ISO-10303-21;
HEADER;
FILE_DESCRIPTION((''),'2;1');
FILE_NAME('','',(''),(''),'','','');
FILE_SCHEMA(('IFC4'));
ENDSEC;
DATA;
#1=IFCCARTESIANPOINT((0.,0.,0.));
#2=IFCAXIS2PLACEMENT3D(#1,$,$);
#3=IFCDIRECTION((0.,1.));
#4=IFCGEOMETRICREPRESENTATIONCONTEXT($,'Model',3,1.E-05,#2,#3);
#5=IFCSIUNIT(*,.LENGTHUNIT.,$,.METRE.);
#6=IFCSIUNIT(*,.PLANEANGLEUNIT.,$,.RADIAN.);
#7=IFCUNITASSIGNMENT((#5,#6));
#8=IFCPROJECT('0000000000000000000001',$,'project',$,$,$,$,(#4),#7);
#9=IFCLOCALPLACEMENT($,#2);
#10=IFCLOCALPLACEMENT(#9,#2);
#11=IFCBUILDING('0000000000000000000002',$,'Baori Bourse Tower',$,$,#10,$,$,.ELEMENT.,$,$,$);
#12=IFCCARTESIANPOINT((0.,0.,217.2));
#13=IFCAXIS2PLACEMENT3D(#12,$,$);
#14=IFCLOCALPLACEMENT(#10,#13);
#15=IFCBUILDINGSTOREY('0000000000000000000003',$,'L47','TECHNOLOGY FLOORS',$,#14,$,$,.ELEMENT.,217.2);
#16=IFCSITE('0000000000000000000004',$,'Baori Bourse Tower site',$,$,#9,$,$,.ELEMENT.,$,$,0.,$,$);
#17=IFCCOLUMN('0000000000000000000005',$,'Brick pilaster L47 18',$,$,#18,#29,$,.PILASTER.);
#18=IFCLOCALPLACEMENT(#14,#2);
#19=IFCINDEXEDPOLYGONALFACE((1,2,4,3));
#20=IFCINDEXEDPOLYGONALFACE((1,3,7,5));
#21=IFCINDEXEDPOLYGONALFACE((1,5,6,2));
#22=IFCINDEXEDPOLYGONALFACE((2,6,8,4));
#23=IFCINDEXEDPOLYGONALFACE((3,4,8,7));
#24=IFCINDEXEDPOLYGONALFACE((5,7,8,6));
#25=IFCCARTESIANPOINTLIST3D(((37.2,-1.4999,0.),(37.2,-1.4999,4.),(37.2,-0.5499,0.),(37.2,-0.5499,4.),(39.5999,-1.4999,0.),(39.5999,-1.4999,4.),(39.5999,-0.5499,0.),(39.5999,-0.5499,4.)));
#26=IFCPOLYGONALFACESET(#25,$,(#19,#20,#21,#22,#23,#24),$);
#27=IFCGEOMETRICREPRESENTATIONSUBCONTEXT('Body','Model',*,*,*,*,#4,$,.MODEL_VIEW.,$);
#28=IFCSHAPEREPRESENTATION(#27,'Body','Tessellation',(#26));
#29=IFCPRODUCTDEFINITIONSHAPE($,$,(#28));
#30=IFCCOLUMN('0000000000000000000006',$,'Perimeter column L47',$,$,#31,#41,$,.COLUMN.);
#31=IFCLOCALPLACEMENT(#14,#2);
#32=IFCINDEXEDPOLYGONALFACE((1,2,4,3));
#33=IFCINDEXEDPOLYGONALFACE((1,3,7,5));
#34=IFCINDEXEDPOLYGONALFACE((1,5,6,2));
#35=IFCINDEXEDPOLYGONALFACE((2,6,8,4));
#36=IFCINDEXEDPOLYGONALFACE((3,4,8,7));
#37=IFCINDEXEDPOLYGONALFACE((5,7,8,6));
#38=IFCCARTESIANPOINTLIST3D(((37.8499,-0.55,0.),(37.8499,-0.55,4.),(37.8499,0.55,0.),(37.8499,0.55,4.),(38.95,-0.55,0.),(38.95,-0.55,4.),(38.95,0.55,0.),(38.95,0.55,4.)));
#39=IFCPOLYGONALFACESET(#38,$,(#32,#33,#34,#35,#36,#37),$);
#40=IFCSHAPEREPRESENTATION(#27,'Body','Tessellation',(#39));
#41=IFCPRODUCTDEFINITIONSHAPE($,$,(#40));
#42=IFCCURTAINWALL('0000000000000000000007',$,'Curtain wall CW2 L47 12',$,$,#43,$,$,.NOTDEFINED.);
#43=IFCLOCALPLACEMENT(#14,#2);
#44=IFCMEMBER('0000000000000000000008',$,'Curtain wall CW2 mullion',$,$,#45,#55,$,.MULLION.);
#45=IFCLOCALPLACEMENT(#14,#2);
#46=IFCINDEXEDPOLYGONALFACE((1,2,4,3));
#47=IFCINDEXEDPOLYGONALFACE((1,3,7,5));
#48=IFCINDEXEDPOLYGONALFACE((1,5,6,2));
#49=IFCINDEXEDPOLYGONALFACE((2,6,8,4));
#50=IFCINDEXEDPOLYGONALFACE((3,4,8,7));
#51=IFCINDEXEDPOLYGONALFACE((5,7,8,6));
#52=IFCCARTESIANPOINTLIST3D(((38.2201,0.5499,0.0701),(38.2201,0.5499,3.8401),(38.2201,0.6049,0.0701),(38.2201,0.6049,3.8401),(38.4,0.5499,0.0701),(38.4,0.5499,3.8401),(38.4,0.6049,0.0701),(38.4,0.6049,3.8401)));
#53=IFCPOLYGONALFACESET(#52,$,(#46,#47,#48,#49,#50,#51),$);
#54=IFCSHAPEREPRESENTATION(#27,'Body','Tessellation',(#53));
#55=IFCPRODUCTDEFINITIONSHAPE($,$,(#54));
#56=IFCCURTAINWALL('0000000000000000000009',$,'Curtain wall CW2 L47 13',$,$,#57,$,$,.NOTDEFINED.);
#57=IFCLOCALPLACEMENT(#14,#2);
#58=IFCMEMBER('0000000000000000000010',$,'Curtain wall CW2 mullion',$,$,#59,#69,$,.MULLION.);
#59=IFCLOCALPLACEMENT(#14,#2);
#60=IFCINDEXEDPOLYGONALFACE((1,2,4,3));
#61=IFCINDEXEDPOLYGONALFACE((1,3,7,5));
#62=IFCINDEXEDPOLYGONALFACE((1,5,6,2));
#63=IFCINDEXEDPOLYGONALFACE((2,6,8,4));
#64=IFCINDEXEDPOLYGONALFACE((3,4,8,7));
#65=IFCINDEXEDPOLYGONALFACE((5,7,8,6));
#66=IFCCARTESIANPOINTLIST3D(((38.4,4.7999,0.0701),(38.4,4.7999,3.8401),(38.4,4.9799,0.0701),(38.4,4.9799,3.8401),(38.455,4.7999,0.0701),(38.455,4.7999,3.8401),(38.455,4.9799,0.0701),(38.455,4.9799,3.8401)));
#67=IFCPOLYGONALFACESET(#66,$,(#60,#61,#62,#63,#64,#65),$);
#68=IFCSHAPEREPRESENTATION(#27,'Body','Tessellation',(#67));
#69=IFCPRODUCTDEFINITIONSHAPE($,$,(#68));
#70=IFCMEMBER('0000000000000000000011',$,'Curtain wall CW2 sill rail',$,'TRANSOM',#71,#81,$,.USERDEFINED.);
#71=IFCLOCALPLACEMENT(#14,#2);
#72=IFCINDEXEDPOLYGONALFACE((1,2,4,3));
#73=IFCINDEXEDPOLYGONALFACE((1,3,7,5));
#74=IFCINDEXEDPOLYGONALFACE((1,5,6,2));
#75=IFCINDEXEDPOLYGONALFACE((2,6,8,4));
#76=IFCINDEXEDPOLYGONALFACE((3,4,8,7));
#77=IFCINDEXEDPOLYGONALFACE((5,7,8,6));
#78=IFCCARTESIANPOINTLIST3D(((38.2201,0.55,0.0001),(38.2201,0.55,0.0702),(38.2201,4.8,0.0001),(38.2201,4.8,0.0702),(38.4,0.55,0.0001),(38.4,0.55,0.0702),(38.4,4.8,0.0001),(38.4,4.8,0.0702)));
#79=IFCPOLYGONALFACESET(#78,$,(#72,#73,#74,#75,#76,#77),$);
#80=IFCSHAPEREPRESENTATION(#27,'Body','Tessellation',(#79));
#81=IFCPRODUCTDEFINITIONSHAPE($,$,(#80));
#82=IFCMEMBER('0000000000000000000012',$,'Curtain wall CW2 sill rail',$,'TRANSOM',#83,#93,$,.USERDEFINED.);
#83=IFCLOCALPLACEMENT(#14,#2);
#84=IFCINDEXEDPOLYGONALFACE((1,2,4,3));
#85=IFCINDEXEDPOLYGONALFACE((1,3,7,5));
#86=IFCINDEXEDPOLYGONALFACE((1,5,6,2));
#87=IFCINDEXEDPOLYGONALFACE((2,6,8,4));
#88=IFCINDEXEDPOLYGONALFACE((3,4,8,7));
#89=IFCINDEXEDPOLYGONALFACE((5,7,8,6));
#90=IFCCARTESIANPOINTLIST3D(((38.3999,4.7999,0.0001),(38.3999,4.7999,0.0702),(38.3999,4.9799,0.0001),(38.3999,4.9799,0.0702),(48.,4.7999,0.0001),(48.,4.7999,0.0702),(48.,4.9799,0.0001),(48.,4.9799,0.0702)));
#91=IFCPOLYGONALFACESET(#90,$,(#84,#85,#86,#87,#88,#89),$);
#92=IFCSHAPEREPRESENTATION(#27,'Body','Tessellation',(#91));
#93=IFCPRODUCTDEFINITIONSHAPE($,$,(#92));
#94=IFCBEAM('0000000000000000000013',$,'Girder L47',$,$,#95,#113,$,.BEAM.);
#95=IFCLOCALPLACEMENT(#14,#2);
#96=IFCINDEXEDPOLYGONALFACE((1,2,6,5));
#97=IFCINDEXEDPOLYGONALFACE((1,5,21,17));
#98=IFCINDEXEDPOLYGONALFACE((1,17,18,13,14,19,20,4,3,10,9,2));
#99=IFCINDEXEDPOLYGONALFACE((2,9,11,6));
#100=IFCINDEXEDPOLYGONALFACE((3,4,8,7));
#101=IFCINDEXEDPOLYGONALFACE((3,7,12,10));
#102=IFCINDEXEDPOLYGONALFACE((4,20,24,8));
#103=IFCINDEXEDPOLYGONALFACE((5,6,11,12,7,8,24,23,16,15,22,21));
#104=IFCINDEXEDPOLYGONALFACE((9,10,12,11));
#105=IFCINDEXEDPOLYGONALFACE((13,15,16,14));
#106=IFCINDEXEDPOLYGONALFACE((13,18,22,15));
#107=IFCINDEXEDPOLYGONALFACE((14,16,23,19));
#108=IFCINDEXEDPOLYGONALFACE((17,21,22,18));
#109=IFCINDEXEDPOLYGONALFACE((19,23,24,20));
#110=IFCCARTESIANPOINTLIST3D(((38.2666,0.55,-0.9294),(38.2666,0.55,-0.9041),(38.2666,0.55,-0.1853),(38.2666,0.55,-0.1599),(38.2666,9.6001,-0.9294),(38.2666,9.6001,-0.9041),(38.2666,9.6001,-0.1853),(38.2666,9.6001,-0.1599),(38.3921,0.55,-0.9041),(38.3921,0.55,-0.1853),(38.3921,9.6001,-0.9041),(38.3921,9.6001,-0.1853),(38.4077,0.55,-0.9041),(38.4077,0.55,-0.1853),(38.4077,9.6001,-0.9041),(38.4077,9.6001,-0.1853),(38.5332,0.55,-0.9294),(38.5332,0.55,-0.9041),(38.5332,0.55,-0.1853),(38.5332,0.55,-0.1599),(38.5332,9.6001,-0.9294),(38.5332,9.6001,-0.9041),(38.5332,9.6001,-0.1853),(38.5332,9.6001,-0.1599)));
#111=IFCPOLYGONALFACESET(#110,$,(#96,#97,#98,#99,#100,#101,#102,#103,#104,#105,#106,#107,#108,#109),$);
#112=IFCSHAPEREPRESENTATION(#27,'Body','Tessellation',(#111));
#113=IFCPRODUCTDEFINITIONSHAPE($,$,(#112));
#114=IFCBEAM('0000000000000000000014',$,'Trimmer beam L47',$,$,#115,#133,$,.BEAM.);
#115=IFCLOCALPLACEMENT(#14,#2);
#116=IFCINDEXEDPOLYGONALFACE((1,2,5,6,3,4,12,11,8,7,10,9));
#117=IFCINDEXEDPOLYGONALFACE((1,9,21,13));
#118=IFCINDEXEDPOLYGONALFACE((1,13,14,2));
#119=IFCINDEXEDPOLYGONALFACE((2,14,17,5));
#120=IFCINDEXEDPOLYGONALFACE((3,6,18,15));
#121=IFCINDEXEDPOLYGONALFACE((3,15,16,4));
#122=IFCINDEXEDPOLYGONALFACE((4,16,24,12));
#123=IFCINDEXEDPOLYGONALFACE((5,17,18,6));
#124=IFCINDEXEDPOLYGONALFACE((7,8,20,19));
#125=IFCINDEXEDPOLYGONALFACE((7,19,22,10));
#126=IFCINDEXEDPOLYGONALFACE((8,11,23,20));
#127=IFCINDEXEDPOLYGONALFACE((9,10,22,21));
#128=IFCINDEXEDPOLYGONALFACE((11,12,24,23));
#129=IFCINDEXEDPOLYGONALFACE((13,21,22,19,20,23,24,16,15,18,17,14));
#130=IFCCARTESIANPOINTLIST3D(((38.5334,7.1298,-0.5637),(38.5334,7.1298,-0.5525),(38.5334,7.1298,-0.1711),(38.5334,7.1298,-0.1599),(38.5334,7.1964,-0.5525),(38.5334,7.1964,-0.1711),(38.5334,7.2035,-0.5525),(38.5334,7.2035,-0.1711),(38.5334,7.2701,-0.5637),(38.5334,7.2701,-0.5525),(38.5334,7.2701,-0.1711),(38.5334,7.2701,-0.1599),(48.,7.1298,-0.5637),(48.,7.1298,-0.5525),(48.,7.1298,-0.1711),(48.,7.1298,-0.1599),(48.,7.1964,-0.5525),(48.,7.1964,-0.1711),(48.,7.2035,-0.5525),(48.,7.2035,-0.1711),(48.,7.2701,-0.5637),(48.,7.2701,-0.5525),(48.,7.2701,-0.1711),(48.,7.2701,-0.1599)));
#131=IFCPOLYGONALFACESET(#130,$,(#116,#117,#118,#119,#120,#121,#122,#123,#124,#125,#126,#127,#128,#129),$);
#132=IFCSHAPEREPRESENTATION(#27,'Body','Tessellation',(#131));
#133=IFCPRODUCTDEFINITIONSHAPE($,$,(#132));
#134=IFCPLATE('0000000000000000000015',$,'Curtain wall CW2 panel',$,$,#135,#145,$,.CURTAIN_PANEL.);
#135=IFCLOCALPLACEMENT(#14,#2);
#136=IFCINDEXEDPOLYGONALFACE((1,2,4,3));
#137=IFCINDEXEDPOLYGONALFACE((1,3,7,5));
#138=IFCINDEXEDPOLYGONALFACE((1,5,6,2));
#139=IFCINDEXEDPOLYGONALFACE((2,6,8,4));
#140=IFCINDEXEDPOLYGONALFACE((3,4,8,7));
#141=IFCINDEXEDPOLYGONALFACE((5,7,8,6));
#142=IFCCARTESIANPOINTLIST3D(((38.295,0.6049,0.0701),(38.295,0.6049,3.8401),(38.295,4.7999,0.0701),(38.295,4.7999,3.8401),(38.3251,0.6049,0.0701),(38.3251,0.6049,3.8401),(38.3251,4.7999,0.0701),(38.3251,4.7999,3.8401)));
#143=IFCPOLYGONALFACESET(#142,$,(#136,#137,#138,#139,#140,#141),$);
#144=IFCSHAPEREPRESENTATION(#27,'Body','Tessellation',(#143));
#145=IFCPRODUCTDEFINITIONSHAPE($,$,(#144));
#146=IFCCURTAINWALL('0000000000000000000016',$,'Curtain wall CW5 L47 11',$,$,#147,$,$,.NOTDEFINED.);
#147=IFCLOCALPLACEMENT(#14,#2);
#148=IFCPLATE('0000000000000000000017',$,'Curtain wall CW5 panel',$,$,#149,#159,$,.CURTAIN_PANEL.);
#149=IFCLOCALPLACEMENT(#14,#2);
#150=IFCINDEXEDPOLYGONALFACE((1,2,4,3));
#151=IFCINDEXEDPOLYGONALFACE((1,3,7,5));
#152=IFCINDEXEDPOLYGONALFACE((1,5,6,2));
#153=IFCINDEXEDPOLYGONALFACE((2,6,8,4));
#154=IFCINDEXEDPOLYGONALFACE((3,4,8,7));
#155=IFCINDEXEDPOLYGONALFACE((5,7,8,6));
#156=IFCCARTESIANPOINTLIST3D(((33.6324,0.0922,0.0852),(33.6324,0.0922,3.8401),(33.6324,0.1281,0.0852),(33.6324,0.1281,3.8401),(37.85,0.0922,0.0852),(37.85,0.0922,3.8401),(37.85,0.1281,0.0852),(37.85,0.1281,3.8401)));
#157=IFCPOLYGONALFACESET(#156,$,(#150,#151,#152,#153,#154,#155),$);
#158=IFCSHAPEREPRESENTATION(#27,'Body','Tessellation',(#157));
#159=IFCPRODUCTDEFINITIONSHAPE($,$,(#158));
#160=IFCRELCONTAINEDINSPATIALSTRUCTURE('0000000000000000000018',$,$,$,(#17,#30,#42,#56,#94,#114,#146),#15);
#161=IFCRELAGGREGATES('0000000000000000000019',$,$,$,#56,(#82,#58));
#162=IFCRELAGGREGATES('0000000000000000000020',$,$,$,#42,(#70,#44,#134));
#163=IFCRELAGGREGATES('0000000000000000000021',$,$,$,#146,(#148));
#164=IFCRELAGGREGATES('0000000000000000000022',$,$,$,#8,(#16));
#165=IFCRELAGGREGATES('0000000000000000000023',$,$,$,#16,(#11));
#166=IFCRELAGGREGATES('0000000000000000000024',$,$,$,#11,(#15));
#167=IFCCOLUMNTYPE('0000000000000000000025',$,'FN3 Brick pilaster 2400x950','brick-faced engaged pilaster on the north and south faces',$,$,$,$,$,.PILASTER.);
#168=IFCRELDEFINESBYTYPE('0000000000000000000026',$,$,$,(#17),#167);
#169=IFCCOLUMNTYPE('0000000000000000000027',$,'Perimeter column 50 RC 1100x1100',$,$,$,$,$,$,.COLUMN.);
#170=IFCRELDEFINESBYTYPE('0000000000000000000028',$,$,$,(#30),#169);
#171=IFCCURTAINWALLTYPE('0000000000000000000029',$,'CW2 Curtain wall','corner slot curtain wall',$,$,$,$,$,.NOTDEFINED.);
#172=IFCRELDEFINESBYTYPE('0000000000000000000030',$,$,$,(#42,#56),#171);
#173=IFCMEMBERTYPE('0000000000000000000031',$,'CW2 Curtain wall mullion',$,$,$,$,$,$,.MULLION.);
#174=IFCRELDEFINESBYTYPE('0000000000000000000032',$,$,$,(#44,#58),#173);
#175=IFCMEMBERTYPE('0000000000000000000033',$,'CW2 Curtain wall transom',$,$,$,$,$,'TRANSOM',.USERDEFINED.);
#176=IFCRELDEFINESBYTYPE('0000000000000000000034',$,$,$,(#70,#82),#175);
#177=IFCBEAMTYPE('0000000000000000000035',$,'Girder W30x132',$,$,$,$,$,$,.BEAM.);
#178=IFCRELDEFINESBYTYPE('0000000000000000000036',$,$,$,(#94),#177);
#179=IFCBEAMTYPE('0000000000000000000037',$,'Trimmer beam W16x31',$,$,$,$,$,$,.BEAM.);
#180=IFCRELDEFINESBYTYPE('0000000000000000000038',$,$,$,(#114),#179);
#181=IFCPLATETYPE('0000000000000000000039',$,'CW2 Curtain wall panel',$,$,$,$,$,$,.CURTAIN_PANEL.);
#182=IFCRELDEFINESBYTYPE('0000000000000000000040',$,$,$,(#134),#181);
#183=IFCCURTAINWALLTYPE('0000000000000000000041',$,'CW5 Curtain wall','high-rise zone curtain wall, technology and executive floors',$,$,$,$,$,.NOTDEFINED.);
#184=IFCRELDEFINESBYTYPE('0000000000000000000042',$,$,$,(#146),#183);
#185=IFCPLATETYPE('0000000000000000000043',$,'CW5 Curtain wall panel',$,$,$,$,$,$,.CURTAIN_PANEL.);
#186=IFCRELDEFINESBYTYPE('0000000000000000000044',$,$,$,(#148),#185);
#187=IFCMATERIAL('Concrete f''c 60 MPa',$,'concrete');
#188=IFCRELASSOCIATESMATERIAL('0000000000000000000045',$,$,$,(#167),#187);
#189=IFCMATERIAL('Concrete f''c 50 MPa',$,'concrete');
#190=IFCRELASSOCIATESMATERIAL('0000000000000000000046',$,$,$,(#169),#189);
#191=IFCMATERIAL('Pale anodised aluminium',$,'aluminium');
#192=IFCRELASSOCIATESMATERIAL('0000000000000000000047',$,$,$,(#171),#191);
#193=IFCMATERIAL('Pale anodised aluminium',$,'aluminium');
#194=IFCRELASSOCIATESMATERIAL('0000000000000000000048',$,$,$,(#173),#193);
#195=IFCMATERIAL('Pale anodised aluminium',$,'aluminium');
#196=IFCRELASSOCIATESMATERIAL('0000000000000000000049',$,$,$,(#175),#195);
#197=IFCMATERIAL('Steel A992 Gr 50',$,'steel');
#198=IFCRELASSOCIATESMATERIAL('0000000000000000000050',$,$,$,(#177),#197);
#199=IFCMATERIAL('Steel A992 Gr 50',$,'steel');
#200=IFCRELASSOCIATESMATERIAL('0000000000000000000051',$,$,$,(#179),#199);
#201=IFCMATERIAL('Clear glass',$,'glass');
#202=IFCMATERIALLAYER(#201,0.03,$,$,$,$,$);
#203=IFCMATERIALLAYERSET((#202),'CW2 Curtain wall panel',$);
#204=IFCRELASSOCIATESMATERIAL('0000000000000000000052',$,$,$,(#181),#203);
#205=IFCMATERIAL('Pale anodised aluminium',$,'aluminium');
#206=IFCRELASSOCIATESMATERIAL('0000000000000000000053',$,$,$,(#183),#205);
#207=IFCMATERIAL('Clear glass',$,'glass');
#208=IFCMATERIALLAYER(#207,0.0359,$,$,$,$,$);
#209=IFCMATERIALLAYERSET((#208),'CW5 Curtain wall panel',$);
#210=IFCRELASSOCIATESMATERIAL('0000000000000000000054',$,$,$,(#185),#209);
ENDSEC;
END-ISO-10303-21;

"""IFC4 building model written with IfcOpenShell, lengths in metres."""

from ifc_helpers import new_model, si_unit, direction, frame, origin, origin_2d, place, context, subcontext, project, spatial, rectangle, i_section, extrude, material, layer, layer_set, material_profile, profile_set, type_object, element, aggregate, save


model = new_model("IFC4")

# Units and contexts
model_context = context("Model", 3, precision=1e-05, world=origin(), true_north=direction((0.0, 1.0)))
body_context = subcontext(model_context, "Body", "Model", "MODEL_VIEW")
ifc_project = project(units=[si_unit("LENGTHUNIT", "METRE"), si_unit("PLANEANGLEUNIT", "RADIAN")], contexts=[model_context])

# Site, building, storey
site_placement = place(None, origin())
site = spatial("IfcSite", under=ifc_project, at=site_placement, Name="Baori Bourse Tower site", CompositionType="ELEMENT", RefElevation=0.0)
building_placement = place(site_placement, origin())
building = spatial("IfcBuilding", under=site, at=building_placement, Name="Baori Bourse Tower", CompositionType="ELEMENT")
storey_placement = place(building_placement, frame((0.0, 0.0, 217.2)))
storey = spatial("IfcBuildingStorey", under=building, at=storey_placement, Name="L47", Description="TECHNOLOGY FLOORS", CompositionType="ELEMENT", Elevation=217.2)

# Columns
ifc_material_1 = material(Name="Concrete f'c 60 MPa", Category="concrete")
ifc_material_profile_1 = material_profile(ifc_material_1, rectangle(XDim=2.3999, YDim=0.95, at=origin_2d()), Name="RC 2400x950")
ifc_profile_set_1 = profile_set([ifc_material_profile_1], Name="Concrete f'c 60 MPa")
column_type_1 = type_object("IfcColumnType", Name="FN3 Brick pilaster 2400x950", Description="brick-faced engaged pilaster on the north and south faces", PredefinedType="PILASTER", material=ifc_profile_set_1)
column_1_placement = place(storey_placement, frame((38.3999, -1.0249, 0.0), z_axis=(0.0, 0.0, 1.0), x_axis=(1.0, 0.0, 0.0)))
element("IfcColumn", 1, at=column_1_placement, inside=storey, type_object=column_type_1, Name="Brick pilaster L47 18", PredefinedType="PILASTER", context=body_context, shape_type="SweptSolid", body=[
    extrude(rectangle(XDim=2.3999, YDim=0.95, at=origin_2d()), origin(), (0.0, 0.0, 1.0), 4.0),
])
ifc_material_2 = material(Name="Concrete f'c 50 MPa", Category="concrete")
ifc_material_profile_2 = material_profile(ifc_material_2, rectangle(XDim=1.1001, YDim=1.1001, at=origin_2d()), Name="RC 1100x1100")
ifc_profile_set_2 = profile_set([ifc_material_profile_2], Name="Concrete f'c 50 MPa")
column_type_2 = type_object("IfcColumnType", Name="Perimeter column 50 RC 1100x1100", PredefinedType="COLUMN", material=ifc_profile_set_2)
column_2_placement = place(storey_placement, frame((38.3999, 0.0, 0.0), z_axis=(0.0, 0.0, 1.0), x_axis=(1.0, 0.0, 0.0)))
element("IfcColumn", 2, at=column_2_placement, inside=storey, type_object=column_type_2, Name="Perimeter column L47", PredefinedType="COLUMN", context=body_context, shape_type="SweptSolid", body=[
    extrude(rectangle(XDim=1.1001, YDim=1.1001, at=origin_2d()), origin(), (0.0, 0.0, 1.0), 4.0),
])

# Curtain walls, members
ifc_material_3 = material(Name="Pale anodised aluminium", Category="aluminium")
curtain_wall_type_1 = type_object("IfcCurtainWallType", Name="CW2 Curtain wall", Description="corner slot curtain wall", PredefinedType="NOTDEFINED", material=ifc_material_3)
curtain_wall_1_placement = place(storey_placement, origin())
curtain_wall_1 = element("IfcCurtainWall", 3, at=curtain_wall_1_placement, inside=storey, type_object=curtain_wall_type_1, Name="Curtain wall CW2 L47 12", PredefinedType="NOTDEFINED")
ifc_material_4 = material(Name="Pale anodised aluminium", Category="aluminium")
ifc_material_profile_3 = material_profile(ifc_material_4, rectangle(XDim=0.1799, YDim=0.0549, at=origin_2d()), Name="Mullion 55x180")
ifc_profile_set_3 = profile_set([ifc_material_profile_3], Name="Pale anodised aluminium")
member_type_1 = type_object("IfcMemberType", Name="CW2 Curtain wall mullion", PredefinedType="MULLION", material=ifc_profile_set_3)
member_1_placement = place(storey_placement, frame((38.3101, 0.5774, 0.0701), z_axis=(0.0, 0.0, 1.0), x_axis=(-1.0, 0.0, 0.0)))
member_1 = element("IfcMember", 4, at=member_1_placement, type_object=member_type_1, Name="Curtain wall CW2 mullion", PredefinedType="MULLION", context=body_context, shape_type="SweptSolid", body=[
    extrude(rectangle(XDim=0.1799, YDim=0.0549, at=origin_2d()), origin(), (0.0, 0.0, 1.0), 3.77),
])
curtain_wall_2_placement = place(storey_placement, origin())
curtain_wall_2 = element("IfcCurtainWall", 5, at=curtain_wall_2_placement, inside=storey, type_object=curtain_wall_type_1, Name="Curtain wall CW2 L47 13", PredefinedType="NOTDEFINED")
member_2_placement = place(storey_placement, frame((38.4275, 4.8899, 0.0701), z_axis=(0.0, 0.0, 1.0), x_axis=(0.0, 1.0, 0.0)))
member_2 = element("IfcMember", 6, at=member_2_placement, type_object=member_type_1, Name="Curtain wall CW2 mullion", PredefinedType="MULLION", context=body_context, shape_type="SweptSolid", body=[
    extrude(rectangle(XDim=0.1799, YDim=0.0549, at=origin_2d()), origin(), (0.0, 0.0, 1.0), 3.77),
])

# Members
ifc_material_5 = material(Name="Pale anodised aluminium", Category="aluminium")
ifc_material_profile_4 = material_profile(ifc_material_5, rectangle(XDim=0.1799, YDim=0.0701, at=origin_2d()), Name="Transom 70x180")
ifc_profile_set_4 = profile_set([ifc_material_profile_4], Name="Pale anodised aluminium")
member_type_2 = type_object("IfcMemberType", Name="CW2 Curtain wall transom", ElementType="TRANSOM", PredefinedType="USERDEFINED", material=ifc_profile_set_4)
member_3_placement = place(storey_placement, frame((38.3101, 0.55, 0.0352), z_axis=(0.0, 1.0, 0.0), x_axis=(-1.0, 0.0, 0.0)))
member_3 = element("IfcMember", 7, at=member_3_placement, type_object=member_type_2, Name="Curtain wall CW2 sill rail", ObjectType="TRANSOM", PredefinedType="USERDEFINED", context=body_context, shape_type="SweptSolid", body=[
    extrude(rectangle(XDim=0.1799, YDim=0.0701, at=origin_2d()), origin(), (0.0, 0.0, 1.0), 4.25),
])
member_4_placement = place(storey_placement, frame((38.3999, 4.8899, 0.0352), z_axis=(1.0, 0.0, 0.0), x_axis=(0.0, 1.0, 0.0)))
member_4 = element("IfcMember", 8, at=member_4_placement, type_object=member_type_2, Name="Curtain wall CW2 sill rail", ObjectType="TRANSOM", PredefinedType="USERDEFINED", context=body_context, shape_type="SweptSolid", body=[
    extrude(rectangle(XDim=0.1799, YDim=0.0701, at=origin_2d()), origin(), (0.0, 0.0, 1.0), 9.6001),
])
aggregate(curtain_wall_2, [member_4, member_2])

# Beams
ifc_material_6 = material(Name="Steel A992 Gr 50", Category="steel")
ifc_material_profile_5 = material_profile(ifc_material_6, i_section(OverallWidth=0.2666, OverallDepth=0.7695, WebThickness=0.0156, FlangeThickness=0.0254, at=origin_2d()), Name="W30x132")
ifc_profile_set_5 = profile_set([ifc_material_profile_5], Name="Steel A992 Gr 50")
beam_type_1 = type_object("IfcBeamType", Name="Girder W30x132", PredefinedType="BEAM", material=ifc_profile_set_5)
beam_1_placement = place(storey_placement, frame((38.3999, 0.55, -0.5447), z_axis=(0.0, 1.0, 0.0), x_axis=(-1.0, 0.0, 0.0)))
element("IfcBeam", 9, at=beam_1_placement, inside=storey, type_object=beam_type_1, Name="Girder L47", PredefinedType="BEAM", context=body_context, shape_type="SweptSolid", body=[
    extrude(i_section(OverallWidth=0.2666, OverallDepth=0.7695, WebThickness=0.0156, FlangeThickness=0.0254, at=origin_2d()), origin(), (0.0, 0.0, 1.0), 9.05),
])
ifc_material_7 = material(Name="Steel A992 Gr 50", Category="steel")
ifc_material_profile_6 = material_profile(ifc_material_7, i_section(OverallWidth=0.1404, OverallDepth=0.4038, WebThickness=0.0071, FlangeThickness=0.0112, at=origin_2d()), Name="W16x31")
ifc_profile_set_6 = profile_set([ifc_material_profile_6], Name="Steel A992 Gr 50")
beam_type_2 = type_object("IfcBeamType", Name="Trimmer beam W16x31", PredefinedType="BEAM", material=ifc_profile_set_6)
beam_2_placement = place(storey_placement, frame((38.5334, 7.2, -0.3618), z_axis=(1.0, 0.0, 0.0), x_axis=(0.0, 1.0, 0.0)))
element("IfcBeam", 10, at=beam_2_placement, inside=storey, type_object=beam_type_2, Name="Trimmer beam L47", PredefinedType="BEAM", context=body_context, shape_type="SweptSolid", body=[
    extrude(i_section(OverallWidth=0.1404, OverallDepth=0.4038, WebThickness=0.0071, FlangeThickness=0.0112, at=origin_2d()), origin(), (0.0, 0.0, 1.0), 9.4666),
])

# Plate
ifc_material_8 = material(Name="Clear glass", Category="glass")
ifc_layer_1 = layer(ifc_material_8, 0.03)
ifc_layer_set_1 = layer_set([ifc_layer_1], Name="CW2 Curtain wall panel")
plate_type_1 = type_object("IfcPlateType", Name="CW2 Curtain wall panel", PredefinedType="CURTAIN_PANEL", material=ifc_layer_set_1)
plate_1_placement = place(storey_placement, frame((38.3101, 2.7024, 0.0701), z_axis=(0.0, 0.0, 1.0), x_axis=(0.0, 1.0, 0.0)))
plate_1 = element("IfcPlate", 11, at=plate_1_placement, type_object=plate_type_1, Name="Curtain wall CW2 panel", PredefinedType="CURTAIN_PANEL", context=body_context, shape_type="SweptSolid", body=[
    extrude(rectangle(XDim=4.1951, YDim=0.03, at=origin_2d()), origin(), (0.0, 0.0, 1.0), 3.77),
])
aggregate(curtain_wall_1, [member_3, member_1, plate_1])

# Curtain wall, plate
ifc_material_9 = material(Name="Pale anodised aluminium", Category="aluminium")
curtain_wall_type_2 = type_object("IfcCurtainWallType", Name="CW5 Curtain wall", Description="high-rise zone curtain wall, technology and executive floors", PredefinedType="NOTDEFINED", material=ifc_material_9)
curtain_wall_3_placement = place(storey_placement, origin())
curtain_wall_3 = element("IfcCurtainWall", 12, at=curtain_wall_3_placement, inside=storey, type_object=curtain_wall_type_2, Name="Curtain wall CW5 L47 11", PredefinedType="NOTDEFINED")
ifc_material_10 = material(Name="Clear glass", Category="glass")
ifc_layer_2 = layer(ifc_material_10, 0.0359)
ifc_layer_set_2 = layer_set([ifc_layer_2], Name="CW5 Curtain wall panel")
plate_type_2 = type_object("IfcPlateType", Name="CW5 Curtain wall panel", PredefinedType="CURTAIN_PANEL", material=ifc_layer_set_2)
plate_2_placement = place(storey_placement, frame((35.7412, 0.1101, 0.0852), z_axis=(0.0, 0.0, 1.0), x_axis=(1.0, 0.0, 0.0)))
plate_2 = element("IfcPlate", 13, at=plate_2_placement, type_object=plate_type_2, Name="Curtain wall CW5 panel", PredefinedType="CURTAIN_PANEL", context=body_context, shape_type="SweptSolid", body=[
    extrude(rectangle(XDim=4.2175, YDim=0.0359, at=origin_2d()), origin(), (0.0, 0.0, 1.0), 3.7549),
])
aggregate(curtain_wall_3, [plate_2])

save(model, "model.ifc")
